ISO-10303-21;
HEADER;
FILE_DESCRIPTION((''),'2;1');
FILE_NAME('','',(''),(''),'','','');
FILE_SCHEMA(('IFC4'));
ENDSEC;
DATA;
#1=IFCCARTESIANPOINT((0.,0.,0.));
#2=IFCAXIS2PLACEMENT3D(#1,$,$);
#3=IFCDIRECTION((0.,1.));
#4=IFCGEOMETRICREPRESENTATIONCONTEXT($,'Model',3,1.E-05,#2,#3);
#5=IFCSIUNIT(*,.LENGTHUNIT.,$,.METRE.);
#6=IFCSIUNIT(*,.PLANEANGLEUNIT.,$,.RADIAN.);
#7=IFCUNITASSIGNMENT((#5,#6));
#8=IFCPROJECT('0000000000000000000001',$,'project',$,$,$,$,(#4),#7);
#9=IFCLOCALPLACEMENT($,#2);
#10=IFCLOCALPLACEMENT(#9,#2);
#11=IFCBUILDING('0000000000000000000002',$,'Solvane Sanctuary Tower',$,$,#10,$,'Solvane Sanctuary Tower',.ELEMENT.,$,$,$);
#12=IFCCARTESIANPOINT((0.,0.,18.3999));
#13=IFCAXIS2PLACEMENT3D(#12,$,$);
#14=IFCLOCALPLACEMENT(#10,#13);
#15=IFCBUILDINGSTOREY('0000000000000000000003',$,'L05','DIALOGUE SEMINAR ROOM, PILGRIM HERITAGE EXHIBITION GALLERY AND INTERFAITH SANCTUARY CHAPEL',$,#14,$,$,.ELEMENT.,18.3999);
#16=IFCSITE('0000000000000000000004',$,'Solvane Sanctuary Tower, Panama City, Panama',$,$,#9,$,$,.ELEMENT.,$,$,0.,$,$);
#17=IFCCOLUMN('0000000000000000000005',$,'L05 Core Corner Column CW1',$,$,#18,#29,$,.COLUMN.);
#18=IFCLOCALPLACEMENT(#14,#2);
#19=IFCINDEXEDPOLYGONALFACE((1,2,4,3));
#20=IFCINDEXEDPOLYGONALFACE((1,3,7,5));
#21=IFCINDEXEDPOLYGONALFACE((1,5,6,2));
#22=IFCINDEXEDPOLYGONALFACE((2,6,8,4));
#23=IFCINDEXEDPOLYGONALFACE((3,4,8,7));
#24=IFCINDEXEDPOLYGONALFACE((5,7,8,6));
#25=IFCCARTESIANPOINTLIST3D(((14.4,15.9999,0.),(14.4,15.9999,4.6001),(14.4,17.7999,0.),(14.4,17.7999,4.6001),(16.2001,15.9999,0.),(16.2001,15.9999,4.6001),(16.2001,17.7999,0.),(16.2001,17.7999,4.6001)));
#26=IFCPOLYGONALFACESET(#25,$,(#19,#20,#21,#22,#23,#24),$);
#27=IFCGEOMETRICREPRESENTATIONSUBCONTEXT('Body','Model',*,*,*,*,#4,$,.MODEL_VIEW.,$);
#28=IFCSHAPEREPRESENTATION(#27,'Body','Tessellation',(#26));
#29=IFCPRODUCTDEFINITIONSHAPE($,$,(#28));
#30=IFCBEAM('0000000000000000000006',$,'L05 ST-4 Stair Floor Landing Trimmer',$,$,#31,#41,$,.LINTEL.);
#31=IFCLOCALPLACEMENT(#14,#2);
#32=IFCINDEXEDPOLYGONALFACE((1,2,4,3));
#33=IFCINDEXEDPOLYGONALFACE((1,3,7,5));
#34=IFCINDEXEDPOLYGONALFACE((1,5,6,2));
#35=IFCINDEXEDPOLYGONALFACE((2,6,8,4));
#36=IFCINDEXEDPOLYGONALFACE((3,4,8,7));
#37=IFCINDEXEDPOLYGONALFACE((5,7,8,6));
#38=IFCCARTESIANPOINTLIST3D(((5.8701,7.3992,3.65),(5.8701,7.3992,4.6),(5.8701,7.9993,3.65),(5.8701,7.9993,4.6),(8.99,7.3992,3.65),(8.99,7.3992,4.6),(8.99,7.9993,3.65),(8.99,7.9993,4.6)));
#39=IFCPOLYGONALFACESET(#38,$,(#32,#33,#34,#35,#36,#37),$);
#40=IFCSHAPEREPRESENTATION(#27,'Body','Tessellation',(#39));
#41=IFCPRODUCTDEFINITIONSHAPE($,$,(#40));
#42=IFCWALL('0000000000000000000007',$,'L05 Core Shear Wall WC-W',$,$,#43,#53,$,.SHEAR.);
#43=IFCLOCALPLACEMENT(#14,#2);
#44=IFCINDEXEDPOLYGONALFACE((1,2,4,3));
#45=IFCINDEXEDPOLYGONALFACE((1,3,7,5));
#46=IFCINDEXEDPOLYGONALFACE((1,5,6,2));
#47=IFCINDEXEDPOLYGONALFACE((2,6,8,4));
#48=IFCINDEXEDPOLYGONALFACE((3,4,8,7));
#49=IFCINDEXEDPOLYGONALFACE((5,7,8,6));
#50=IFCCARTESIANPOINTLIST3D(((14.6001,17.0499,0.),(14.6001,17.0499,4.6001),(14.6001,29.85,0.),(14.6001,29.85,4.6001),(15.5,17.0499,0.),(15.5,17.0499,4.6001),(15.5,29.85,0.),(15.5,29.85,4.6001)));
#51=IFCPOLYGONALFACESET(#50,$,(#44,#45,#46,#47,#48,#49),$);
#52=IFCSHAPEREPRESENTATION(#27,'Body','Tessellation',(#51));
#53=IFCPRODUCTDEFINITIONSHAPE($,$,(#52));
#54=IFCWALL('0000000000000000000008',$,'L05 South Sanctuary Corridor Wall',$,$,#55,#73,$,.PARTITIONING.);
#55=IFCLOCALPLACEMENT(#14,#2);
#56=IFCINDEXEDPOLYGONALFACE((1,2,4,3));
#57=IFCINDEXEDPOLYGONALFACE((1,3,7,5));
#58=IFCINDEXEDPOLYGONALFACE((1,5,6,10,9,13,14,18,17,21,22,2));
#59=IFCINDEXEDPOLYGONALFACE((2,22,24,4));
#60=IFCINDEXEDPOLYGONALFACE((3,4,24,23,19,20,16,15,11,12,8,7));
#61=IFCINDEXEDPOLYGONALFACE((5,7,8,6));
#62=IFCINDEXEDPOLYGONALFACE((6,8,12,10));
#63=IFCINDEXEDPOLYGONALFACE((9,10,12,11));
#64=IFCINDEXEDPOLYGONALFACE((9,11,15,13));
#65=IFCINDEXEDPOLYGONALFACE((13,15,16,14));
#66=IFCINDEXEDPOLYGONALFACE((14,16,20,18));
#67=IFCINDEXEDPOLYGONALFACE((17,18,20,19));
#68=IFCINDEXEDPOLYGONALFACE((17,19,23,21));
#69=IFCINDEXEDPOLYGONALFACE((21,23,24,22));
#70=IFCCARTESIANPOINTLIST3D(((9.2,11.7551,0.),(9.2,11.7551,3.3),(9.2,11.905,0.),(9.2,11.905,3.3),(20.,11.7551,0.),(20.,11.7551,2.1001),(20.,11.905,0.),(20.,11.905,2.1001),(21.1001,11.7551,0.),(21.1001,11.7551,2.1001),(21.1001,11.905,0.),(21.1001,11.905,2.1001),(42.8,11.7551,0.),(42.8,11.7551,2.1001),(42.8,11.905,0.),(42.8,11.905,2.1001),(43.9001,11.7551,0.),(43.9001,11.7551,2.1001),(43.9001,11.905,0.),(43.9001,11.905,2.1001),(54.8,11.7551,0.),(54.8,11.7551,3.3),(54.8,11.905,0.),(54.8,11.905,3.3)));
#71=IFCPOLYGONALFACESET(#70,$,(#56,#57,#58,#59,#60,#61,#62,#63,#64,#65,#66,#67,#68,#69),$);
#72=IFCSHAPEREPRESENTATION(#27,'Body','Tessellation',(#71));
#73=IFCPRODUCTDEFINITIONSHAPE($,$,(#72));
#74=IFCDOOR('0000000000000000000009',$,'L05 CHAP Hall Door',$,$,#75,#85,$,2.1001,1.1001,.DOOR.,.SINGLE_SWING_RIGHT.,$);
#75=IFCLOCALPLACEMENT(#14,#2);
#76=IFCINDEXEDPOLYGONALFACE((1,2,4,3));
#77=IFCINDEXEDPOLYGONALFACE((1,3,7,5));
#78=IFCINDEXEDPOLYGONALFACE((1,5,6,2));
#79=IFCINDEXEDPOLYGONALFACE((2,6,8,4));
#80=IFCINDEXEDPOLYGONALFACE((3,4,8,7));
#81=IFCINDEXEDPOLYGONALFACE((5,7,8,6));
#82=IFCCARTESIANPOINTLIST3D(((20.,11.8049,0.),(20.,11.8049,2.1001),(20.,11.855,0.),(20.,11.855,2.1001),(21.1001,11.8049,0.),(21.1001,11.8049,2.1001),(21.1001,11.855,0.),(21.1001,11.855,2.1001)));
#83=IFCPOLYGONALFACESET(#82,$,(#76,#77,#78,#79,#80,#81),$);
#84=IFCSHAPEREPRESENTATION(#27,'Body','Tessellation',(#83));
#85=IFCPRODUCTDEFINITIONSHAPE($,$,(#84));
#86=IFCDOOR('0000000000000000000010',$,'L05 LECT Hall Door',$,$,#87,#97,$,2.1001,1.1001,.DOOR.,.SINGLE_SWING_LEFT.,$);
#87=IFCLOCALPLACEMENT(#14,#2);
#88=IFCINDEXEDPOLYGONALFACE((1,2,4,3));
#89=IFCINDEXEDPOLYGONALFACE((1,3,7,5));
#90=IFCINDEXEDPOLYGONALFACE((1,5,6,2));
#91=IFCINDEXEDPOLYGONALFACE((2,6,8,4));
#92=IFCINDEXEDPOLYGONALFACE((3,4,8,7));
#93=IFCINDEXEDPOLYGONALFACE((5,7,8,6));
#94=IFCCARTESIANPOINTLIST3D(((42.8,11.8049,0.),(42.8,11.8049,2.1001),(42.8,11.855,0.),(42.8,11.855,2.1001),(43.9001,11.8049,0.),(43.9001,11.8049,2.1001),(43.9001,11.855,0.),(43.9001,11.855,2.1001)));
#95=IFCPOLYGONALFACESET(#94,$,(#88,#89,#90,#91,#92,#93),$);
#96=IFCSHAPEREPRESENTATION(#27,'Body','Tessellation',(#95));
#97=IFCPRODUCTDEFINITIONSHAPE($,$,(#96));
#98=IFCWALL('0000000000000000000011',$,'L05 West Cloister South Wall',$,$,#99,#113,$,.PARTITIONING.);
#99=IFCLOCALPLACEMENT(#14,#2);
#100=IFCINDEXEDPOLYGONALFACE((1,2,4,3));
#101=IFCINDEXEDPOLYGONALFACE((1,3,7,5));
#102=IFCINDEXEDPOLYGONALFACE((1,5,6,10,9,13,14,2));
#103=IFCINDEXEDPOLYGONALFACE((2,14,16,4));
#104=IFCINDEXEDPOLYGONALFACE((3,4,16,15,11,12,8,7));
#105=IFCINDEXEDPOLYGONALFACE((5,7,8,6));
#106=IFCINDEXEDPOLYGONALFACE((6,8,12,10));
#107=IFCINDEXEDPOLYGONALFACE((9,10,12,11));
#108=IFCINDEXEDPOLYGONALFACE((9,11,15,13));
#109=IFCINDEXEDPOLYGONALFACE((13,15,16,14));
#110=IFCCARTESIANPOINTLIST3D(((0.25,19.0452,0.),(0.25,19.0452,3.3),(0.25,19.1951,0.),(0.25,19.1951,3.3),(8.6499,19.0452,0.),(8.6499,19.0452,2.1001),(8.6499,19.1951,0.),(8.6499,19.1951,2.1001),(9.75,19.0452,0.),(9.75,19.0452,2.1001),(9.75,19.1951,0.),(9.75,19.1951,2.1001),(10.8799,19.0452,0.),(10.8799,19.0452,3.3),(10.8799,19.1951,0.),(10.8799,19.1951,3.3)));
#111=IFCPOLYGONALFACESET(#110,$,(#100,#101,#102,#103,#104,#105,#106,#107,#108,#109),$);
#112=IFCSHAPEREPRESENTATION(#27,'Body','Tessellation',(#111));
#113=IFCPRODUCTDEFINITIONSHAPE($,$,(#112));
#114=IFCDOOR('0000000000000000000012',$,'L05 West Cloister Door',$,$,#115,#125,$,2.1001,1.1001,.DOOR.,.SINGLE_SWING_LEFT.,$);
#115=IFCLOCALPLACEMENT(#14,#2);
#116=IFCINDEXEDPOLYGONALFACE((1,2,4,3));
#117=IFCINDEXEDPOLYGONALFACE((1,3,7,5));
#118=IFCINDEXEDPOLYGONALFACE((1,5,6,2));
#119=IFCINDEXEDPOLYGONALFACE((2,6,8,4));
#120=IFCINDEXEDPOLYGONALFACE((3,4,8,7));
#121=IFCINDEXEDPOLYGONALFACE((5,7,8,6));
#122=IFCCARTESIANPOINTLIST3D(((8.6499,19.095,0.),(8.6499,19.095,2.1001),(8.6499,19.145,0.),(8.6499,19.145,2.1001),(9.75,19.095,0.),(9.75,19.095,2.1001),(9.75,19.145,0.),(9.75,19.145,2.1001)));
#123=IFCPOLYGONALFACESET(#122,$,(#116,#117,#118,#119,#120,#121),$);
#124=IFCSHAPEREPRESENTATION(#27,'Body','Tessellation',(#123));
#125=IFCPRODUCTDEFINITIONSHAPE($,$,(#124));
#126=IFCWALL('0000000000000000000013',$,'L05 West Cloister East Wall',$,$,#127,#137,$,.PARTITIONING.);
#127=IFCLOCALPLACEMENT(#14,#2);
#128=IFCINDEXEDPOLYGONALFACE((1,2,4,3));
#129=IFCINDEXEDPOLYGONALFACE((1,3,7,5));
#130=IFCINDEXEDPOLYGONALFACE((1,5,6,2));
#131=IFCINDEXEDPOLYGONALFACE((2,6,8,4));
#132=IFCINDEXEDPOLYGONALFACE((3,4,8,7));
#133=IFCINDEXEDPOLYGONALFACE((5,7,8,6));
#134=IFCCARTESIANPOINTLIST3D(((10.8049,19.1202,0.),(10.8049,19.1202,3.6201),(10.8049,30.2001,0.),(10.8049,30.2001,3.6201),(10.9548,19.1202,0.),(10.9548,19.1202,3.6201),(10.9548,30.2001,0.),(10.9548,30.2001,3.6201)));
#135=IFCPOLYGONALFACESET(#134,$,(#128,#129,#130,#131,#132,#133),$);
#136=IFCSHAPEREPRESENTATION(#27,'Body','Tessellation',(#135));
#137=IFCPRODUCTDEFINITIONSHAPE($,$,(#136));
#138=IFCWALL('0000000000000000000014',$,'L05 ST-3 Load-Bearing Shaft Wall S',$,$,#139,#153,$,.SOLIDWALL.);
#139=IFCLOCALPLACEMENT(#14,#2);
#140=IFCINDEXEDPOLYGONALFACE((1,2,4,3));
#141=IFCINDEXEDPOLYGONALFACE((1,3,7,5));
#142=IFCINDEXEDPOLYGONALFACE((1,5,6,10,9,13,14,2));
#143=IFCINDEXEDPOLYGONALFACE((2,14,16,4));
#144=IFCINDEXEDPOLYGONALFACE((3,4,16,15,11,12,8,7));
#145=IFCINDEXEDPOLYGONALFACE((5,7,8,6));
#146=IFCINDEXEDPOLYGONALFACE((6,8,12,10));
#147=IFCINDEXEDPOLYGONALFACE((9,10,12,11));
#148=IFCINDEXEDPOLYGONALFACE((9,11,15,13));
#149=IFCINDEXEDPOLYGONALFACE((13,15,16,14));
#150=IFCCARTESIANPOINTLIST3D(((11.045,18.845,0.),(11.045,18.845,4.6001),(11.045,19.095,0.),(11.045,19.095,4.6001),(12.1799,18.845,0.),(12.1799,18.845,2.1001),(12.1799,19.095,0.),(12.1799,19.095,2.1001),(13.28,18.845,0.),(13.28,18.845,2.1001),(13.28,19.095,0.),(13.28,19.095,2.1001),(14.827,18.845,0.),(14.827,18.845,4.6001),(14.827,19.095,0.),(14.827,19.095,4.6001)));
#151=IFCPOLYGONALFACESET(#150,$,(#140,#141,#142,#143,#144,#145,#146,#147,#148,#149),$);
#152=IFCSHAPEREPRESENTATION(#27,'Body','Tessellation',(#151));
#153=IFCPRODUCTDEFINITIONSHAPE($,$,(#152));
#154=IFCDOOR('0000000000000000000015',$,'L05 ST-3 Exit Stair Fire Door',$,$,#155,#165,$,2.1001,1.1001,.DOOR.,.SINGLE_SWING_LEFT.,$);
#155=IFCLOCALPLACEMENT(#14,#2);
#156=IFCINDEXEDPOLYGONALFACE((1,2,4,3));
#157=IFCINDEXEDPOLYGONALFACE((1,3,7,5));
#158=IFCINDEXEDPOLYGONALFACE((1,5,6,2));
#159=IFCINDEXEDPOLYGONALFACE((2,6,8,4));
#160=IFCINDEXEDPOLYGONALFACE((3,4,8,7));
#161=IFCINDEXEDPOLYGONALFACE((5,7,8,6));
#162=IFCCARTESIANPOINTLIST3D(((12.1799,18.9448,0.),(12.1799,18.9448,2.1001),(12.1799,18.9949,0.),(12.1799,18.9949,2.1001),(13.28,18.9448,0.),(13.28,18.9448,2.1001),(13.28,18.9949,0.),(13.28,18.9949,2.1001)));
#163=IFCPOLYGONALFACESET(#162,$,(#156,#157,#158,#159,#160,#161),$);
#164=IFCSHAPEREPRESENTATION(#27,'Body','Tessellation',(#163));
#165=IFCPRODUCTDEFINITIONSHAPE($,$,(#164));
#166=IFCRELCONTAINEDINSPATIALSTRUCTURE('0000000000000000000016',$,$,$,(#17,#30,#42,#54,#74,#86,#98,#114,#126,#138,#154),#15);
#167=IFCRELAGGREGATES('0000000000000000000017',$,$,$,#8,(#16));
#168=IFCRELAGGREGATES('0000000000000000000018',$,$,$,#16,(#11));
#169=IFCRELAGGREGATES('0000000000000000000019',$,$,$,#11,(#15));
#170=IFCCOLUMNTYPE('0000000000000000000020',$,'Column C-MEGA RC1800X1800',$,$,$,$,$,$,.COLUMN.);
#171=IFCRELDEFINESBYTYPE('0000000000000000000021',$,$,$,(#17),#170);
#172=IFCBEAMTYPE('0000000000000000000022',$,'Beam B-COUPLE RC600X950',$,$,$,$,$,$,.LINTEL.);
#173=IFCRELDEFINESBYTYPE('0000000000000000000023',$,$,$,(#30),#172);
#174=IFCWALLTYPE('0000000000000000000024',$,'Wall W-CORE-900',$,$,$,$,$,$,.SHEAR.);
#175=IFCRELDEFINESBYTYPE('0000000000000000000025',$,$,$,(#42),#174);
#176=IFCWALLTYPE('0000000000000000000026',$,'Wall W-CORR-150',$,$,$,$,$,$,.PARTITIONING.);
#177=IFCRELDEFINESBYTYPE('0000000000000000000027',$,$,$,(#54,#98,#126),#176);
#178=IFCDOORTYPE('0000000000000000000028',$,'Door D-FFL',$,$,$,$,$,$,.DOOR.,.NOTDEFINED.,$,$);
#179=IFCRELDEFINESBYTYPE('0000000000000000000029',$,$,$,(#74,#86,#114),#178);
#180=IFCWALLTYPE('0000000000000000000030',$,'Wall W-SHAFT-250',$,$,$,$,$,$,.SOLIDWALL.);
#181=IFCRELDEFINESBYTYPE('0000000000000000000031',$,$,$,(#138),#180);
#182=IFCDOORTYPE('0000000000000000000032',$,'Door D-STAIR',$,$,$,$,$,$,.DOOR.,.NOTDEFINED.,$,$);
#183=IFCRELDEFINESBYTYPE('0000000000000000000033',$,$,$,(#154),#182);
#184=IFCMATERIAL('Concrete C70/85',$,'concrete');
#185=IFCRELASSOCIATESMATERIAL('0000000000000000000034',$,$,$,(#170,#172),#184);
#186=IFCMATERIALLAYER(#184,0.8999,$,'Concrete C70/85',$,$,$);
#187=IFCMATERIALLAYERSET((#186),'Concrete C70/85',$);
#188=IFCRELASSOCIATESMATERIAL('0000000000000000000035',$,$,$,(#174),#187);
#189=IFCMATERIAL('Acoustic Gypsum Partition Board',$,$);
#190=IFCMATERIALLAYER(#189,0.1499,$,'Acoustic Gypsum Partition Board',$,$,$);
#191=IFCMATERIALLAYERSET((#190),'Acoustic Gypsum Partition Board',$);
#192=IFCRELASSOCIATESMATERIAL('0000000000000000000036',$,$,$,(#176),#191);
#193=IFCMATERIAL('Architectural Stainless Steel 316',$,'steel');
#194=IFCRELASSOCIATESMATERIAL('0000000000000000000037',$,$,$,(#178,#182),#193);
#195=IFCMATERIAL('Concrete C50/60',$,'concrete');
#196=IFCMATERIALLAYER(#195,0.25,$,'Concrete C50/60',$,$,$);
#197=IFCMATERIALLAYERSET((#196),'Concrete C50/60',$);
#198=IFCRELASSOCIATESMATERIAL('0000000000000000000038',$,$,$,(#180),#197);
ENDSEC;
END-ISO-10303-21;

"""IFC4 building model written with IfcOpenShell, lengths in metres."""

from ifc_helpers import new_model, si_unit, direction, frame, frame_2d, origin, origin_2d, place, context, subcontext, project, spatial, rectangle, extrude, material, layer, layer_set, material_profile, profile_set, type_object, element, fill, save


model = new_model("IFC4")

# Units and contexts
model_context = context("Model", 3, precision=1e-05, world=origin(), true_north=direction((0.0, 1.0)))
body_context = subcontext(model_context, "Body", "Model", "MODEL_VIEW")
ifc_project = project(units=[si_unit("LENGTHUNIT", "METRE"), si_unit("PLANEANGLEUNIT", "RADIAN")], contexts=[model_context])

# Site, building, storey
site_placement = place(None, origin())
site = spatial("IfcSite", under=ifc_project, at=site_placement, Name="Solvane Sanctuary Tower, Panama City, Panama", CompositionType="ELEMENT", RefElevation=0.0)
building_placement = place(site_placement, origin())
building = spatial("IfcBuilding", under=site, at=building_placement, Name="Solvane Sanctuary Tower", LongName="Solvane Sanctuary Tower", CompositionType="ELEMENT")
storey_placement = place(building_placement, frame((0.0, 0.0, 18.3999)))
storey = spatial("IfcBuildingStorey", under=building, at=storey_placement, Name="L05", Description="DIALOGUE SEMINAR ROOM, PILGRIM HERITAGE EXHIBITION GALLERY AND INTERFAITH SANCTUARY CHAPEL", CompositionType="ELEMENT", Elevation=18.3999)

# Column
ifc_material_1 = material(Name="Concrete C70/85", Category="concrete")
ifc_material_profile_1 = material_profile(ifc_material_1, rectangle(XDim=1.8, YDim=1.8, at=origin_2d()), Name="RC1800X1800")
ifc_profile_set_1 = profile_set([ifc_material_profile_1], Name="Concrete C70/85")
column_type = type_object("IfcColumnType", Name="Column C-MEGA RC1800X1800", PredefinedType="COLUMN", material=ifc_profile_set_1)
column_placement = place(storey_placement, frame((15.3, 16.8999, 0.0), z_axis=(0.0, 0.0, 1.0), x_axis=(1.0, 0.0, 0.0)))
element("IfcColumn", 1, at=column_placement, inside=storey, type_object=column_type, Name="L05 Core Corner Column CW1", PredefinedType="COLUMN", context=body_context, shape_type="SweptSolid", body=[
    extrude(rectangle(XDim=1.8, YDim=1.8, at=origin_2d()), origin(), (0.0, 0.0, 1.0), 4.6001),
])

# Beam
ifc_material_profile_2 = material_profile(ifc_material_1, rectangle(XDim=0.6001, YDim=0.95, at=origin_2d()), Name="RC600X950")
ifc_profile_set_2 = profile_set([ifc_material_profile_2], Name="Concrete C70/85")
beam_type = type_object("IfcBeamType", Name="Beam B-COUPLE RC600X950", PredefinedType="LINTEL", material=ifc_profile_set_2)
beam_placement = place(storey_placement, frame((5.8701, 7.6992, 4.125), z_axis=(1.0, 0.0, 0.0), x_axis=(0.0, 1.0, 0.0)))
element("IfcBeam", 2, at=beam_placement, inside=storey, type_object=beam_type, Name="L05 ST-4 Stair Floor Landing Trimmer", PredefinedType="LINTEL", context=body_context, shape_type="SweptSolid", body=[
    extrude(rectangle(XDim=0.6001, YDim=0.95, at=origin_2d()), origin(), (0.0, 0.0, 1.0), 3.1199),
])

# Wall
ifc_layer_1 = layer(ifc_material_1, 0.8999, Name="Concrete C70/85")
ifc_layer_set_1 = layer_set([ifc_layer_1], Name="Concrete C70/85")
wall_type_1 = type_object("IfcWallType", Name="Wall W-CORE-900", PredefinedType="SHEAR", material=ifc_layer_set_1)
wall_1_placement = place(storey_placement, frame((15.05, 17.05, 0.0), z_axis=(0.0, 0.0, 1.0), x_axis=(0.0, 1.0, 0.0)))
element("IfcWall", 3, at=wall_1_placement, inside=storey, type_object=wall_type_1, Name="L05 Core Shear Wall WC-W", PredefinedType="SHEAR", context=body_context, shape_type="SweptSolid", body=[
    extrude(rectangle(XDim=12.8, YDim=0.8999, at=frame_2d((6.3999, 0.0))), origin(), (0.0, 0.0, 1.0), 4.6001),
])

# Wall, openings, doors
ifc_material_2 = material(Name="Acoustic Gypsum Partition Board")
ifc_layer_2 = layer(ifc_material_2, 0.1499, Name="Acoustic Gypsum Partition Board")
ifc_layer_set_2 = layer_set([ifc_layer_2], Name="Acoustic Gypsum Partition Board")
wall_type_2 = type_object("IfcWallType", Name="Wall W-CORR-150", PredefinedType="PARTITIONING", material=ifc_layer_set_2)
wall_2_placement = place(storey_placement, frame((9.2, 11.8301, 0.0), z_axis=(0.0, 0.0, 1.0), x_axis=(1.0, 0.0, 0.0)))
wall_2 = element("IfcWall", 4, at=wall_2_placement, inside=storey, type_object=wall_type_2, Name="L05 South Sanctuary Corridor Wall", PredefinedType="PARTITIONING", context=body_context, shape_type="SweptSolid", body=[
    extrude(rectangle(XDim=45.6001, YDim=0.1499, at=frame_2d((22.8, 0.0))), origin(), (0.0, 0.0, 1.0), 3.3),
])
opening_1_placement = place(wall_2_placement, frame((10.8, 0.0, 0.0)))
opening_1 = element("IfcOpeningElement", 5, at=opening_1_placement, cuts=wall_2, PredefinedType="OPENING", context=body_context, shape_type="SweptSolid", body=[
    extrude(rectangle(XDim=1.1001, YDim=2.1001, at=frame_2d((0.55, 1.05))), frame((0.0, 0.085, 0.0), z_axis=(0.0, -1.0, 0.0), x_axis=(1.0, 0.0, 0.0)), (0.0, 0.0, 1.0), 0.1699),
])
opening_2_placement = place(wall_2_placement, frame((33.6001, 0.0, 0.0)))
opening_2 = element("IfcOpeningElement", 6, at=opening_2_placement, cuts=wall_2, PredefinedType="OPENING", context=body_context, shape_type="SweptSolid", body=[
    extrude(rectangle(XDim=1.1001, YDim=2.1001, at=frame_2d((0.55, 1.05))), frame((0.0, 0.085, 0.0), z_axis=(0.0, -1.0, 0.0), x_axis=(1.0, 0.0, 0.0)), (0.0, 0.0, 1.0), 0.1699),
])
ifc_material_3 = material(Name="Architectural Stainless Steel 316", Category="steel")
door_type_1 = type_object("IfcDoorType", Name="Door D-FFL", OperationType="NOTDEFINED", PredefinedType="DOOR", material=ifc_material_3)
door_1_placement = place(opening_1_placement, origin())
door_1 = element("IfcDoor", 7, at=door_1_placement, inside=storey, type_object=door_type_1, Name="L05 CHAP Hall Door", OperationType="SINGLE_SWING_RIGHT", OverallHeight=2.1001, OverallWidth=1.1001, PredefinedType="DOOR", context=body_context, shape_type="SweptSolid", body=[
    extrude(rectangle(XDim=1.1001, YDim=2.1001, at=frame_2d((0.55, 1.05))), frame((0.0, 0.0249, 0.0), z_axis=(0.0, -1.0, 0.0), x_axis=(1.0, 0.0, 0.0)), (0.0, 0.0, 1.0), 0.05),
])
fill(opening_1, door_1)
door_2_placement = place(opening_2_placement, origin())
door_2 = element("IfcDoor", 8, at=door_2_placement, inside=storey, type_object=door_type_1, Name="L05 LECT Hall Door", OperationType="SINGLE_SWING_LEFT", OverallHeight=2.1001, OverallWidth=1.1001, PredefinedType="DOOR", context=body_context, shape_type="SweptSolid", body=[
    extrude(rectangle(XDim=1.1001, YDim=2.1001, at=frame_2d((0.55, 1.05))), frame((0.0, 0.0249, 0.0), z_axis=(0.0, -1.0, 0.0), x_axis=(1.0, 0.0, 0.0)), (0.0, 0.0, 1.0), 0.05),
])
fill(opening_2, door_2)

# Wall, opening, door
wall_3_placement = place(storey_placement, frame((0.25, 19.1201, 0.0), z_axis=(0.0, 0.0, 1.0), x_axis=(1.0, 0.0, 0.0)))
wall_3 = element("IfcWall", 9, at=wall_3_placement, inside=storey, type_object=wall_type_2, Name="L05 West Cloister South Wall", PredefinedType="PARTITIONING", context=body_context, shape_type="SweptSolid", body=[
    extrude(rectangle(XDim=10.6299, YDim=0.1499, at=frame_2d((5.3149, 0.0))), origin(), (0.0, 0.0, 1.0), 3.3),
])
opening_3_placement = place(wall_3_placement, frame((8.3999, 0.0, 0.0)))
opening_3 = element("IfcOpeningElement", 10, at=opening_3_placement, cuts=wall_3, PredefinedType="OPENING", context=body_context, shape_type="SweptSolid", body=[
    extrude(rectangle(XDim=1.1001, YDim=2.1001, at=frame_2d((0.55, 1.05))), frame((0.0, 0.085, 0.0), z_axis=(0.0, -1.0, 0.0), x_axis=(1.0, 0.0, 0.0)), (0.0, 0.0, 1.0), 0.1699),
])
door_3_placement = place(opening_3_placement, origin())
door_3 = element("IfcDoor", 11, at=door_3_placement, inside=storey, type_object=door_type_1, Name="L05 West Cloister Door", OperationType="SINGLE_SWING_LEFT", OverallHeight=2.1001, OverallWidth=1.1001, PredefinedType="DOOR", context=body_context, shape_type="SweptSolid", body=[
    extrude(rectangle(XDim=1.1001, YDim=2.1001, at=frame_2d((0.55, 1.05))), frame((0.0, 0.0249, 0.0), z_axis=(0.0, -1.0, 0.0), x_axis=(1.0, 0.0, 0.0)), (0.0, 0.0, 1.0), 0.05),
])
fill(opening_3, door_3)

# Wall
wall_4_placement = place(storey_placement, frame((10.8799, 19.1201, 0.0), z_axis=(0.0, 0.0, 1.0), x_axis=(0.0, 1.0, 0.0)))
element("IfcWall", 12, at=wall_4_placement, inside=storey, type_object=wall_type_2, Name="L05 West Cloister East Wall", PredefinedType="PARTITIONING", context=body_context, shape_type="SweptSolid", body=[
    extrude(rectangle(XDim=11.0798, YDim=0.1499, at=frame_2d((5.54, 0.0))), origin(), (0.0, 0.0, 1.0), 3.6201),
])

# Wall, opening, door
ifc_material_4 = material(Name="Concrete C50/60", Category="concrete")
ifc_layer_3 = layer(ifc_material_4, 0.25, Name="Concrete C50/60")
ifc_layer_set_3 = layer_set([ifc_layer_3], Name="Concrete C50/60")
wall_type_3 = type_object("IfcWallType", Name="Wall W-SHAFT-250", PredefinedType="SOLIDWALL", material=ifc_layer_set_3)
wall_5_placement = place(storey_placement, frame((11.0449, 18.97, 0.0), z_axis=(0.0, 0.0, 1.0), x_axis=(1.0, 0.0, 0.0)))
wall_5 = element("IfcWall", 13, at=wall_5_placement, inside=storey, type_object=wall_type_3, Name="L05 ST-3 Load-Bearing Shaft Wall S", PredefinedType="SOLIDWALL", context=body_context, shape_type="SweptSolid", body=[
    extrude(rectangle(XDim=3.782, YDim=0.25, at=frame_2d((1.8911, 0.0))), origin(), (0.0, 0.0, 1.0), 4.6001),
])
opening_4_placement = place(wall_5_placement, frame((1.135, 0.0, 0.0)))
opening_4 = element("IfcOpeningElement", 14, at=opening_4_placement, cuts=wall_5, PredefinedType="OPENING", context=body_context, shape_type="SweptSolid", body=[
    extrude(rectangle(XDim=1.1001, YDim=2.1001, at=frame_2d((0.55, 1.05))), frame((0.0, 0.135, 0.0), z_axis=(0.0, -1.0, 0.0), x_axis=(1.0, 0.0, 0.0)), (0.0, 0.0, 1.0), 0.27),
])
door_type_2 = type_object("IfcDoorType", Name="Door D-STAIR", OperationType="NOTDEFINED", PredefinedType="DOOR", material=ifc_material_3)
door_4_placement = place(opening_4_placement, origin())
door_4 = element("IfcDoor", 15, at=door_4_placement, inside=storey, type_object=door_type_2, Name="L05 ST-3 Exit Stair Fire Door", OperationType="SINGLE_SWING_LEFT", OverallHeight=2.1001, OverallWidth=1.1001, PredefinedType="DOOR", context=body_context, shape_type="SweptSolid", body=[
    extrude(rectangle(XDim=1.1001, YDim=2.1001, at=frame_2d((0.55, 1.05))), frame((0.0, 0.0249, 0.0), z_axis=(0.0, -1.0, 0.0), x_axis=(1.0, 0.0, 0.0)), (0.0, 0.0, 1.0), 0.05),
])
fill(opening_4, door_4)

save(model, "model.ifc")
